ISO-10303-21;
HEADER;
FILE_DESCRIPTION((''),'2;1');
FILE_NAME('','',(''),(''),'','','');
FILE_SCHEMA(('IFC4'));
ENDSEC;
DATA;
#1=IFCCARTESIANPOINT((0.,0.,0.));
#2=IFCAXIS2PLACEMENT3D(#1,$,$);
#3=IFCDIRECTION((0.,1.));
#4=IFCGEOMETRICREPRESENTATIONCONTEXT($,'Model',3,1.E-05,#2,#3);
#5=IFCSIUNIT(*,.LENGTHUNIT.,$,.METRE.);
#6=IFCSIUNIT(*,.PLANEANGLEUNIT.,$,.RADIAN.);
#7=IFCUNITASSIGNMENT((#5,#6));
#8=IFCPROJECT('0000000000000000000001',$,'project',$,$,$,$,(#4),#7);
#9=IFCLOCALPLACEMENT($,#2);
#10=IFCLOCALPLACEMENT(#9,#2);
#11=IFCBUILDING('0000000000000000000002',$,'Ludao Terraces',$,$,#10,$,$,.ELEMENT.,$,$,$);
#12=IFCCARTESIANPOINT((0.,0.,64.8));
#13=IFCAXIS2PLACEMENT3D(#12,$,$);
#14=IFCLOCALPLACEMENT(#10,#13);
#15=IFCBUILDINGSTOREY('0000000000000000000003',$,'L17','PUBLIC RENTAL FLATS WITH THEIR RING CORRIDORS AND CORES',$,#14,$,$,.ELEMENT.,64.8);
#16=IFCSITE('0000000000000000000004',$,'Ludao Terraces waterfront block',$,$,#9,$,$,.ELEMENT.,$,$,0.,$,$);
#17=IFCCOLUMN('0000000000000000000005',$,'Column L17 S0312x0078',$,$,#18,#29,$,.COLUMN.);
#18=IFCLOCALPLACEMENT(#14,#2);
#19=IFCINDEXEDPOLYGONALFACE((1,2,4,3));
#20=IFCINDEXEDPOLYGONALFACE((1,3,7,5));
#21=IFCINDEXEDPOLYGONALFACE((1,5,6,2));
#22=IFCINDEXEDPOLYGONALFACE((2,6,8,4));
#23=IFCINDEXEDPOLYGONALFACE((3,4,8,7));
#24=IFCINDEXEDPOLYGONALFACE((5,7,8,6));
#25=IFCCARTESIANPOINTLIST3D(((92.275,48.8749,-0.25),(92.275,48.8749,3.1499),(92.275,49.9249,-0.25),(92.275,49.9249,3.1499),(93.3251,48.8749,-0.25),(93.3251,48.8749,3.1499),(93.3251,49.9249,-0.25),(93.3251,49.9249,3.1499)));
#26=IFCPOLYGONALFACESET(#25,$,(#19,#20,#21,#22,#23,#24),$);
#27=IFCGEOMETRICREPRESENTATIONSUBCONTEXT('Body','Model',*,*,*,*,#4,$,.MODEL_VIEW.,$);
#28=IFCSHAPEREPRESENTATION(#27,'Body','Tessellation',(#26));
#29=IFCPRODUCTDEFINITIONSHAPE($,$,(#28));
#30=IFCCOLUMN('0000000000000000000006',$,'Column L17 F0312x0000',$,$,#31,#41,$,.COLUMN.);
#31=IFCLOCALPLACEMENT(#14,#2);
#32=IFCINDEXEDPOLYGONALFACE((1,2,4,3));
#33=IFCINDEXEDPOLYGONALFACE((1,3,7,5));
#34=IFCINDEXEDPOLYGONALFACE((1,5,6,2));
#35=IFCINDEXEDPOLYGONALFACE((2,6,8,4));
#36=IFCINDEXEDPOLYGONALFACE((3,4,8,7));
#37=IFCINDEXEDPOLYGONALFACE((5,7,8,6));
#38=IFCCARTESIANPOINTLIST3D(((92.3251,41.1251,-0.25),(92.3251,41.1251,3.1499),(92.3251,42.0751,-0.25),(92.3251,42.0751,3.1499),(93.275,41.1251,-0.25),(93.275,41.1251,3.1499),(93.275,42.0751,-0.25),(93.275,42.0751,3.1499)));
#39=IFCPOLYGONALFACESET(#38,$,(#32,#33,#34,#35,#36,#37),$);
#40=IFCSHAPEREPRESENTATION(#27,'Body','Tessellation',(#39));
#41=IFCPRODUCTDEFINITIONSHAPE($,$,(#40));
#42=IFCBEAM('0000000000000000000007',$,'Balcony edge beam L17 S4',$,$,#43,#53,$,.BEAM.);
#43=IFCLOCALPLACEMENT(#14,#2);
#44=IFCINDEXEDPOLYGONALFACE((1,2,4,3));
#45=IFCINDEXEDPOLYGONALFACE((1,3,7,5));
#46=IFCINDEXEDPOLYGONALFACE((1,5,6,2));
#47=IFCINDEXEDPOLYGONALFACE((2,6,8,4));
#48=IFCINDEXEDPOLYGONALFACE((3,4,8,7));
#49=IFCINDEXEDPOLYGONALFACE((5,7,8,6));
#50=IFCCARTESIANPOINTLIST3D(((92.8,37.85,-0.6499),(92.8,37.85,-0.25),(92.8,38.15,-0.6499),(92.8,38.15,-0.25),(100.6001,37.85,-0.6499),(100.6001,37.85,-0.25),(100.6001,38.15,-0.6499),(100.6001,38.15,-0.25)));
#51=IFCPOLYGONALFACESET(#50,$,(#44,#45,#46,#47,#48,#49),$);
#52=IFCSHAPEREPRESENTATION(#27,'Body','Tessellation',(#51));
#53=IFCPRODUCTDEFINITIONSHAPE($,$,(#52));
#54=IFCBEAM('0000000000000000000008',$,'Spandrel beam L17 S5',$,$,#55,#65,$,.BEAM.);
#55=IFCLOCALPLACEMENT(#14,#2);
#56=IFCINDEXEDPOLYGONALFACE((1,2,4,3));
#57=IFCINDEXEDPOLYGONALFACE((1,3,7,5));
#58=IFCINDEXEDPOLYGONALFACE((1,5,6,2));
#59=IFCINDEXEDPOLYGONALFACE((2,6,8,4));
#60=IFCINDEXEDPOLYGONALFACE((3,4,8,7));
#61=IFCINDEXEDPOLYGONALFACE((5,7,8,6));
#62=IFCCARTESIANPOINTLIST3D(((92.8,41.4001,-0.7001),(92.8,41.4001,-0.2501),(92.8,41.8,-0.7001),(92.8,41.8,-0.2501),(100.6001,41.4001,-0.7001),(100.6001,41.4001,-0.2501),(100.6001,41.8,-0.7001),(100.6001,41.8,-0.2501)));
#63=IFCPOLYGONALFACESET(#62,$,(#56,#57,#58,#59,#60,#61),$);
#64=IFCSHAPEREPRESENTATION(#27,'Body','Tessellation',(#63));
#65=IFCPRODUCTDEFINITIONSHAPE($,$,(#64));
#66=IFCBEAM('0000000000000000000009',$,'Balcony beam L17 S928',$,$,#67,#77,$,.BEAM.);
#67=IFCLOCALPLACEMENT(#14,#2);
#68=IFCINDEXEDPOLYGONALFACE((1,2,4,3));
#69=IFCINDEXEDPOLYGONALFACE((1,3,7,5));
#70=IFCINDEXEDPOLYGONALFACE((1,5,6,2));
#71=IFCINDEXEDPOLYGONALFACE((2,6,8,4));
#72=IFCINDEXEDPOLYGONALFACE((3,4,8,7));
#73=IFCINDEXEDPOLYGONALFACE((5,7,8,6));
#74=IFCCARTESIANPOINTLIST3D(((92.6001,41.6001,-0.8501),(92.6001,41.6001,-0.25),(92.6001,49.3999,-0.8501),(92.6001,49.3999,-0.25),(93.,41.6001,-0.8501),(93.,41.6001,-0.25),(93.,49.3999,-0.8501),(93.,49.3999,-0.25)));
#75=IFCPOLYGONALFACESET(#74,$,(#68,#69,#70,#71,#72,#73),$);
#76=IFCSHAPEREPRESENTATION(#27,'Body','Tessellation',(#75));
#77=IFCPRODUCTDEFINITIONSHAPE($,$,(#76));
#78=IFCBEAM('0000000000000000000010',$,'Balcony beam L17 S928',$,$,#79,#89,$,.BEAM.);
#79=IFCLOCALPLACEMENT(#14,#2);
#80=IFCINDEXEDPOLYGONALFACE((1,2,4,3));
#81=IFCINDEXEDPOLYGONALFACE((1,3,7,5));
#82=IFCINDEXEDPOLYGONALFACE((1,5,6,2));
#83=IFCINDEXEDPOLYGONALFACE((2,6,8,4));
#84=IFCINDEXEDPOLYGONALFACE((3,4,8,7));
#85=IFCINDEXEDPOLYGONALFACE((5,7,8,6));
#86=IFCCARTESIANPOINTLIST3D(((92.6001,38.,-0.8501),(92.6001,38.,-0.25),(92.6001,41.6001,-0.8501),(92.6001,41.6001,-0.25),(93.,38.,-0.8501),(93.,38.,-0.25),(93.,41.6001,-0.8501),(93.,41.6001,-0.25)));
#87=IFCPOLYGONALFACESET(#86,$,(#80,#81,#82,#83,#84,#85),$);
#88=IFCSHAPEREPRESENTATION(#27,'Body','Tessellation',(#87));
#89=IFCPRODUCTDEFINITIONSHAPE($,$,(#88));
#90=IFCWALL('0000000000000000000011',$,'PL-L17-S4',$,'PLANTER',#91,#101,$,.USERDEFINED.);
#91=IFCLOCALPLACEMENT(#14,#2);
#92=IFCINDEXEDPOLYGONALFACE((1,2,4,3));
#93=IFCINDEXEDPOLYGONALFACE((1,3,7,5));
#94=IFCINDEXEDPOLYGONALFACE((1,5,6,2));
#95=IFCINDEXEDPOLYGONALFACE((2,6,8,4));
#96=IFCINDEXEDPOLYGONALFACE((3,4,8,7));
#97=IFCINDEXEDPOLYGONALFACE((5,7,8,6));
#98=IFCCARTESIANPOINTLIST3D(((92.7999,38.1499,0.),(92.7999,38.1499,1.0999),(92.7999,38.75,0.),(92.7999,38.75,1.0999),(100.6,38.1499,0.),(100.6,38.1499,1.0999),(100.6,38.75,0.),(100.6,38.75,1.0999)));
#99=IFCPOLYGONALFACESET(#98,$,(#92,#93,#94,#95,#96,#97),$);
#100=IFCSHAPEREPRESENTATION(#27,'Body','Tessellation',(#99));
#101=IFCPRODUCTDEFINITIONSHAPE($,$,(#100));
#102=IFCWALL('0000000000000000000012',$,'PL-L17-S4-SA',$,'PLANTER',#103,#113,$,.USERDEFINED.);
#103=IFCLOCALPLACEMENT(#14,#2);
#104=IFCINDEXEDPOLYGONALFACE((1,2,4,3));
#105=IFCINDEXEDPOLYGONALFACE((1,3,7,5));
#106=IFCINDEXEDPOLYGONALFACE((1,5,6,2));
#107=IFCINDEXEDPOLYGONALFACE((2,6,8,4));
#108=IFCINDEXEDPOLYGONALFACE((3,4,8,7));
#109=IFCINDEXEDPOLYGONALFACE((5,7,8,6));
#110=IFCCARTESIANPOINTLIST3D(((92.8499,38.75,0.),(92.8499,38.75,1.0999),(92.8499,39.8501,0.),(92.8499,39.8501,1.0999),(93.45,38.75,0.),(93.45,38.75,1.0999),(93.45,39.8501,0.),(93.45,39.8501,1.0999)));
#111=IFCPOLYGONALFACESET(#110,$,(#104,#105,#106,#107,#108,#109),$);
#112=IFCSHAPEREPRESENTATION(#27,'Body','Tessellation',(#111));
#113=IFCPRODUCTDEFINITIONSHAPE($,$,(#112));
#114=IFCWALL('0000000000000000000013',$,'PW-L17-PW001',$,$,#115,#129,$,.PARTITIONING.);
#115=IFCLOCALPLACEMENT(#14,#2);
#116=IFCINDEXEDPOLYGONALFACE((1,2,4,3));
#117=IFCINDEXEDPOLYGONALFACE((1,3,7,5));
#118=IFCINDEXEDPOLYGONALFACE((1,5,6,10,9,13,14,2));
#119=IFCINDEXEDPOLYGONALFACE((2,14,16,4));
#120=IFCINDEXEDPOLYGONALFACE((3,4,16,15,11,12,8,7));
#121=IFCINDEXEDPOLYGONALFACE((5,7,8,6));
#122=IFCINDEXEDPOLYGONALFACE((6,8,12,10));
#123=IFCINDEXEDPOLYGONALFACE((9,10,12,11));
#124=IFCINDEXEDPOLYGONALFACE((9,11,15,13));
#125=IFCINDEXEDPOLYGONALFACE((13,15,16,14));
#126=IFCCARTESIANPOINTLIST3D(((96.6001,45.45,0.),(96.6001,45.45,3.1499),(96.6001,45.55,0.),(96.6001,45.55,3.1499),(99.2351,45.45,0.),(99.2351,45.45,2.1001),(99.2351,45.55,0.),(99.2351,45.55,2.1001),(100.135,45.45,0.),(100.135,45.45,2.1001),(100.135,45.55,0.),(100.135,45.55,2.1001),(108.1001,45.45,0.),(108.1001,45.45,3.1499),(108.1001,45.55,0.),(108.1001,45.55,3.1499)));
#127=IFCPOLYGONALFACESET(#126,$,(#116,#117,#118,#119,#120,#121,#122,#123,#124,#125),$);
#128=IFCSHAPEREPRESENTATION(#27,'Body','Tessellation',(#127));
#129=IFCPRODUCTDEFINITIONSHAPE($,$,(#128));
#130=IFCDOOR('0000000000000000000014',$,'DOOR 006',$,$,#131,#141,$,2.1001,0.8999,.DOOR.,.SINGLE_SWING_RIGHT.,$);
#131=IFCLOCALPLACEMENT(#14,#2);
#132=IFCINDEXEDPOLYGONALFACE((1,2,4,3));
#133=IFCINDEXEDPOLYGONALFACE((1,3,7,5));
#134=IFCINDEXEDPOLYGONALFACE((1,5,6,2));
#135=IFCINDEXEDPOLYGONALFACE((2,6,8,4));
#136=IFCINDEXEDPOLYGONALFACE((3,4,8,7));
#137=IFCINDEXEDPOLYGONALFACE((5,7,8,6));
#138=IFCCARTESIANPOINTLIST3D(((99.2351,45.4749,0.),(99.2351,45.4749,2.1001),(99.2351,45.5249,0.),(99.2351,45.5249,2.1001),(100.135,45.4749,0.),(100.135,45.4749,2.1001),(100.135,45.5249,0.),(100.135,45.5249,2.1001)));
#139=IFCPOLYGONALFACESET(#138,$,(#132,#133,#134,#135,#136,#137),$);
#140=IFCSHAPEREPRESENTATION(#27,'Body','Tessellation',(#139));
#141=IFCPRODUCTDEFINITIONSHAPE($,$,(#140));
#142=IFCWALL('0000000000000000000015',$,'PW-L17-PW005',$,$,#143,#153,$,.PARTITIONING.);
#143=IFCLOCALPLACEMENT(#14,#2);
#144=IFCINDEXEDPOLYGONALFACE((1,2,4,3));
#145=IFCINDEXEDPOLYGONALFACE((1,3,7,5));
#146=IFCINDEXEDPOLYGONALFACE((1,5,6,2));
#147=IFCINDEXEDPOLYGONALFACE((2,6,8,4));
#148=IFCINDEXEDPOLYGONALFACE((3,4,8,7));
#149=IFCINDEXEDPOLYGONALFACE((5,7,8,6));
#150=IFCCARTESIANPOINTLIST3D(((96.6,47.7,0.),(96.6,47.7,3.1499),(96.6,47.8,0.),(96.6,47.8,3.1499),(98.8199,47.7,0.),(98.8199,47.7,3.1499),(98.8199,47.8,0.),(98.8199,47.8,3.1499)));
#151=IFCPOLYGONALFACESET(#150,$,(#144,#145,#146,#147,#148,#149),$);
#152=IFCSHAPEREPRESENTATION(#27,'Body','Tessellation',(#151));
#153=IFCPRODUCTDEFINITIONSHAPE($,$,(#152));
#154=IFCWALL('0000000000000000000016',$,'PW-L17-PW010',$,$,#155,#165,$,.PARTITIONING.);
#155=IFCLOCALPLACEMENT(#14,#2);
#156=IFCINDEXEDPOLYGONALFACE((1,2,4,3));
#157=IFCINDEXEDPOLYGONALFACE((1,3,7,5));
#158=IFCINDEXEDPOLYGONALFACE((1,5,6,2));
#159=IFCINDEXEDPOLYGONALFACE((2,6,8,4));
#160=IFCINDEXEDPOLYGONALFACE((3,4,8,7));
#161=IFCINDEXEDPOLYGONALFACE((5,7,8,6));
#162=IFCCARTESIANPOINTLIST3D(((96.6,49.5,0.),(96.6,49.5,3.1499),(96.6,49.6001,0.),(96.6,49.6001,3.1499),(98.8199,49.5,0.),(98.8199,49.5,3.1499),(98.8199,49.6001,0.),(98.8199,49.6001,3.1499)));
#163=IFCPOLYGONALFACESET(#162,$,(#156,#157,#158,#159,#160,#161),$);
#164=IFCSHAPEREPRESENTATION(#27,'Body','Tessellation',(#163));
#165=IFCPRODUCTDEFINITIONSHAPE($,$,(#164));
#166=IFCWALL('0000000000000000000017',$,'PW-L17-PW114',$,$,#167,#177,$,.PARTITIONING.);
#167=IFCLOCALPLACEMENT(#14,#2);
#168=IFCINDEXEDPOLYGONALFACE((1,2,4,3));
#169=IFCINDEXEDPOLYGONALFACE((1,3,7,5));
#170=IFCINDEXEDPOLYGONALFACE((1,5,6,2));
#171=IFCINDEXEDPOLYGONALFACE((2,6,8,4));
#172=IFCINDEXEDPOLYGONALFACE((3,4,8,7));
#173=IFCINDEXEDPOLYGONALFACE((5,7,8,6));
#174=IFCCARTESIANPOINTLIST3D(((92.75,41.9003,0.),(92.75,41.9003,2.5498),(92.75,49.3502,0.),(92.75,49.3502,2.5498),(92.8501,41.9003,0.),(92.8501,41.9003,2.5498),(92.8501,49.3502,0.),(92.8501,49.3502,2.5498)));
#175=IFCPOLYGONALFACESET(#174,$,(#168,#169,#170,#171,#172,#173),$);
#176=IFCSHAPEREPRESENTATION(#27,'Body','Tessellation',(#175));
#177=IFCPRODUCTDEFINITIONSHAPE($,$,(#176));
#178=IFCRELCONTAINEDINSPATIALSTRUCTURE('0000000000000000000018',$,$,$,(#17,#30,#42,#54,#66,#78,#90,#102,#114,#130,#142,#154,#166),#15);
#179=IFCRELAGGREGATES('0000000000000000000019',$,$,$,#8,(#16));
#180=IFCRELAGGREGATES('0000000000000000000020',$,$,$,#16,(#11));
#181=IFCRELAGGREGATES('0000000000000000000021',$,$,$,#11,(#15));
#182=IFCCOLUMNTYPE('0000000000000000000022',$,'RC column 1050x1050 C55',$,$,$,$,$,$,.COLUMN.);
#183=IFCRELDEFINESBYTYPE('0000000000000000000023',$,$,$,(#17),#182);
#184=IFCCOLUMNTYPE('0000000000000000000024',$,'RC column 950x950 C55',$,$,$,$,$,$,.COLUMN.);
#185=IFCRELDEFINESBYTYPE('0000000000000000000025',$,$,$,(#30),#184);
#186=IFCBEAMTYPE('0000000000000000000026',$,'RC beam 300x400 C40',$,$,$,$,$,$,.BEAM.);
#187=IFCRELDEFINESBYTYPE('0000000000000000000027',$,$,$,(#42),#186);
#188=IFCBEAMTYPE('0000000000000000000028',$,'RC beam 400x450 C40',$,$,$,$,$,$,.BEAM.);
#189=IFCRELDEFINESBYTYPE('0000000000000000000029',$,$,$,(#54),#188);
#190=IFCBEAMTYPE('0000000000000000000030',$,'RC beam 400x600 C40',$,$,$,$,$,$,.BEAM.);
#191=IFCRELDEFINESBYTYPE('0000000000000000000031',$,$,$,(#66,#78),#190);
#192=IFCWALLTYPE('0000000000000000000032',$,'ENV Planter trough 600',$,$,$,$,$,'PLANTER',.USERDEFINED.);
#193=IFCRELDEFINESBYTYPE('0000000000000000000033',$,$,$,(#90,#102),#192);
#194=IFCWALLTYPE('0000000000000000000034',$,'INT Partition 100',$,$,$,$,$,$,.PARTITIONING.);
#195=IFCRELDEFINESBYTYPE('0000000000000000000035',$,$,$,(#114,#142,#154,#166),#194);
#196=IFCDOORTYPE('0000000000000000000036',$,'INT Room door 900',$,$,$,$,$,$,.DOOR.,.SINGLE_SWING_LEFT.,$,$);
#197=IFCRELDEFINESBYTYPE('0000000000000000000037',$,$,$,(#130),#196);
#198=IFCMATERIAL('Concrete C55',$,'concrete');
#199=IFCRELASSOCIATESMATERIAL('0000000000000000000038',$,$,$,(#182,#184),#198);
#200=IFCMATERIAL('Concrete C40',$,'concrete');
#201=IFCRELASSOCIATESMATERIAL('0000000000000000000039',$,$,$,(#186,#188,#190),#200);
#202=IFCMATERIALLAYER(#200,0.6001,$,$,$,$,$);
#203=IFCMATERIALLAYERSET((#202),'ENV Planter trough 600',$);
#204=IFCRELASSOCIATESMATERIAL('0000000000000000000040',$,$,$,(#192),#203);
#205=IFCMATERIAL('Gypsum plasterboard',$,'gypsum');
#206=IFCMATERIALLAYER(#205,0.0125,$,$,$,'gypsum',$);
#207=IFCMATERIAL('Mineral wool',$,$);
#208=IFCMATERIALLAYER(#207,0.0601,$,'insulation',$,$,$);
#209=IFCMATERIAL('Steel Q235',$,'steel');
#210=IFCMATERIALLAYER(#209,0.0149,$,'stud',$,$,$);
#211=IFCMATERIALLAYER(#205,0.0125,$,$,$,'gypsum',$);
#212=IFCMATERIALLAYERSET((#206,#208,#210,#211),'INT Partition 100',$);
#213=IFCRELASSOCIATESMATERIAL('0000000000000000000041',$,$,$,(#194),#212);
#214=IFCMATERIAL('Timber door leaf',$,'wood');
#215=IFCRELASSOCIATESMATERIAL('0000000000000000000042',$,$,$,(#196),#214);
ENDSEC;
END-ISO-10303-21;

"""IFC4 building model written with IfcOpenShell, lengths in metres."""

from ifc_helpers import new_model, si_unit, direction, frame, frame_2d, origin, origin_2d, place, context, subcontext, project, spatial, rectangle, extrude, material, layer, layer_set, material_profile, profile_set, type_object, element, fill, save


model = new_model("IFC4")

# Units and contexts
model_context = context("Model", 3, precision=1e-05, world=origin(), true_north=direction((0.0, 1.0)))
body_context = subcontext(model_context, "Body", "Model", "MODEL_VIEW")
ifc_project = project(units=[si_unit("LENGTHUNIT", "METRE"), si_unit("PLANEANGLEUNIT", "RADIAN")], contexts=[model_context])

# Site, building, storey
site_placement = place(None, origin())
site = spatial("IfcSite", under=ifc_project, at=site_placement, Name="Ludao Terraces waterfront block", CompositionType="ELEMENT", RefElevation=0.0)
building_placement = place(site_placement, origin())
building = spatial("IfcBuilding", under=site, at=building_placement, Name="Ludao Terraces", CompositionType="ELEMENT")
storey_placement = place(building_placement, frame((0.0, 0.0, 64.8)))
storey = spatial("IfcBuildingStorey", under=building, at=storey_placement, Name="L17", Description="PUBLIC RENTAL FLATS WITH THEIR RING CORRIDORS AND CORES", CompositionType="ELEMENT", Elevation=64.8)

# Columns
ifc_material_1 = material(Name="Concrete C55", Category="concrete")
ifc_material_profile_1 = material_profile(ifc_material_1, rectangle(XDim=1.05, YDim=1.05, at=origin_2d()), Name="1050 X 1050")
ifc_profile_set_1 = profile_set([ifc_material_profile_1], Name="Concrete C55")
column_type_1 = type_object("IfcColumnType", Name="RC column 1050x1050 C55", PredefinedType="COLUMN", material=ifc_profile_set_1)
column_1_placement = place(storey_placement, frame((92.8, 49.3999, -0.25), z_axis=(0.0, 0.0, 1.0), x_axis=(1.0, 0.0, 0.0)))
element("IfcColumn", 1, at=column_1_placement, inside=storey, type_object=column_type_1, Name="Column L17 S0312x0078", PredefinedType="COLUMN", context=body_context, shape_type="SweptSolid", body=[
    extrude(rectangle(XDim=1.05, YDim=1.05, at=origin_2d()), origin(), (0.0, 0.0, 1.0), 3.3999),
])
ifc_material_profile_2 = material_profile(ifc_material_1, rectangle(XDim=0.95, YDim=0.95, at=origin_2d()), Name="950 X 950")
ifc_profile_set_2 = profile_set([ifc_material_profile_2], Name="Concrete C55")
column_type_2 = type_object("IfcColumnType", Name="RC column 950x950 C55", PredefinedType="COLUMN", material=ifc_profile_set_2)
column_2_placement = place(storey_placement, frame((92.8, 41.6001, -0.25), z_axis=(0.0, 0.0, 1.0), x_axis=(1.0, 0.0, 0.0)))
element("IfcColumn", 2, at=column_2_placement, inside=storey, type_object=column_type_2, Name="Column L17 F0312x0000", PredefinedType="COLUMN", context=body_context, shape_type="SweptSolid", body=[
    extrude(rectangle(XDim=0.95, YDim=0.95, at=origin_2d()), origin(), (0.0, 0.0, 1.0), 3.3999),
])

# Beams
ifc_material_2 = material(Name="Concrete C40", Category="concrete")
ifc_material_profile_3 = material_profile(ifc_material_2, rectangle(XDim=0.3, YDim=0.3999, at=origin_2d()), Name="300 X 400")
ifc_profile_set_3 = profile_set([ifc_material_profile_3], Name="Concrete C40")
beam_type_1 = type_object("IfcBeamType", Name="RC beam 300x400 C40", PredefinedType="BEAM", material=ifc_profile_set_3)
beam_1_placement = place(storey_placement, frame((92.8, 38.0, -0.45), z_axis=(1.0, 0.0, 0.0), x_axis=(0.0, 1.0, 0.0)))
element("IfcBeam", 3, at=beam_1_placement, inside=storey, type_object=beam_type_1, Name="Balcony edge beam L17 S4", PredefinedType="BEAM", context=body_context, shape_type="SweptSolid", body=[
    extrude(rectangle(XDim=0.3, YDim=0.3999, at=origin_2d()), origin(), (0.0, 0.0, 1.0), 7.8),
])
ifc_material_profile_4 = material_profile(ifc_material_2, rectangle(XDim=0.3999, YDim=0.45, at=origin_2d()), Name="400 X 450")
ifc_profile_set_4 = profile_set([ifc_material_profile_4], Name="Concrete C40")
beam_type_2 = type_object("IfcBeamType", Name="RC beam 400x450 C40", PredefinedType="BEAM", material=ifc_profile_set_4)
beam_2_placement = place(storey_placement, frame((92.8, 41.6001, -0.4751), z_axis=(1.0, 0.0, 0.0), x_axis=(0.0, 1.0, 0.0)))
element("IfcBeam", 4, at=beam_2_placement, inside=storey, type_object=beam_type_2, Name="Spandrel beam L17 S5", PredefinedType="BEAM", context=body_context, shape_type="SweptSolid", body=[
    extrude(rectangle(XDim=0.3999, YDim=0.45, at=origin_2d()), origin(), (0.0, 0.0, 1.0), 7.8),
])
ifc_material_profile_5 = material_profile(ifc_material_2, rectangle(XDim=0.3999, YDim=0.6001, at=origin_2d()), Name="400 X 600")
ifc_profile_set_5 = profile_set([ifc_material_profile_5], Name="Concrete C40")
beam_type_3 = type_object("IfcBeamType", Name="RC beam 400x600 C40", PredefinedType="BEAM", material=ifc_profile_set_5)
beam_3_placement = place(storey_placement, frame((92.8, 49.3999, -0.55), z_axis=(0.0, -1.0, 0.0), x_axis=(1.0, 0.0, 0.0)))
element("IfcBeam", 5, at=beam_3_placement, inside=storey, type_object=beam_type_3, Name="Balcony beam L17 S928", PredefinedType="BEAM", context=body_context, shape_type="SweptSolid", body=[
    extrude(rectangle(XDim=0.3999, YDim=0.6001, at=origin_2d()), origin(), (0.0, 0.0, 1.0), 7.7998),
])
beam_4_placement = place(storey_placement, frame((92.8, 41.6001, -0.55), z_axis=(0.0, -1.0, 0.0), x_axis=(1.0, 0.0, 0.0)))
element("IfcBeam", 6, at=beam_4_placement, inside=storey, type_object=beam_type_3, Name="Balcony beam L17 S928", PredefinedType="BEAM", context=body_context, shape_type="SweptSolid", body=[
    extrude(rectangle(XDim=0.3999, YDim=0.6001, at=origin_2d()), origin(), (0.0, 0.0, 1.0), 3.6001),
])

# Walls
ifc_layer_1 = layer(ifc_material_2, 0.6001)
ifc_layer_set_1 = layer_set([ifc_layer_1], Name="ENV Planter trough 600")
wall_type_1 = type_object("IfcWallType", Name="ENV Planter trough 600", ElementType="PLANTER", PredefinedType="USERDEFINED", material=ifc_layer_set_1)
wall_1_placement = place(storey_placement, frame((92.8, 38.45, 0.0), z_axis=(0.0, 0.0, 1.0), x_axis=(1.0, 0.0, 0.0)))
element("IfcWall", 7, at=wall_1_placement, inside=storey, type_object=wall_type_1, Name="PL-L17-S4", ObjectType="PLANTER", PredefinedType="USERDEFINED", context=body_context, shape_type="SweptSolid", body=[
    extrude(rectangle(XDim=7.8, YDim=0.6001, at=frame_2d((3.8999, 0.0))), origin(), (0.0, 0.0, 1.0), 1.0999),
])
wall_2_placement = place(storey_placement, frame((93.1499, 38.75, 0.0), z_axis=(0.0, 0.0, 1.0), x_axis=(0.0, 1.0, 0.0)))
element("IfcWall", 8, at=wall_2_placement, inside=storey, type_object=wall_type_1, Name="PL-L17-S4-SA", ObjectType="PLANTER", PredefinedType="USERDEFINED", context=body_context, shape_type="SweptSolid", body=[
    extrude(rectangle(XDim=1.1001, YDim=0.6001, at=frame_2d((0.55, 0.0))), origin(), (0.0, 0.0, 1.0), 1.0999),
])

# Shared definitions
ifc_material_3 = material(Name="Mineral wool")

# Wall, opening, door
ifc_material_4 = material(Name="Gypsum plasterboard", Category="gypsum")
ifc_layer_2 = layer(ifc_material_4, 0.0125, Category="gypsum")
ifc_layer_3 = layer(ifc_material_3, 0.0601, Name="insulation")
ifc_material_5 = material(Name="Steel Q235", Category="steel")
ifc_layer_4 = layer(ifc_material_5, 0.0149, Name="stud")
ifc_layer_5 = layer(ifc_material_4, 0.0125, Category="gypsum")
ifc_layer_set_2 = layer_set([ifc_layer_2, ifc_layer_3, ifc_layer_4, ifc_layer_5], Name="INT Partition 100")
wall_type_2 = type_object("IfcWallType", Name="INT Partition 100", PredefinedType="PARTITIONING", material=ifc_layer_set_2)
wall_3_placement = place(storey_placement, frame((96.6001, 45.5, 0.0), z_axis=(0.0, 0.0, 1.0), x_axis=(1.0, 0.0, 0.0)))
wall_3 = element("IfcWall", 9, at=wall_3_placement, inside=storey, type_object=wall_type_2, Name="PW-L17-PW001", PredefinedType="PARTITIONING", context=body_context, shape_type="SweptSolid", body=[
    extrude(rectangle(XDim=11.5, YDim=0.1001, at=frame_2d((5.75, 0.0))), origin(), (0.0, 0.0, 1.0), 3.1499),
])
opening_1_placement = place(wall_3_placement, frame((2.635, 0.0, 0.0)))
opening_1 = element("IfcOpeningElement", 10, at=opening_1_placement, cuts=wall_3, PredefinedType="OPENING", context=body_context, shape_type="SweptSolid", body=[
    extrude(rectangle(XDim=0.8999, YDim=2.1001, at=frame_2d((0.45, 1.05))), frame((0.0, 0.0601, 0.0), z_axis=(0.0, -1.0, 0.0), x_axis=(1.0, 0.0, 0.0)), (0.0, 0.0, 1.0), 0.1201),
])
ifc_material_6 = material(Name="Timber door leaf", Category="wood")
door_type_1 = type_object("IfcDoorType", Name="INT Room door 900", OperationType="SINGLE_SWING_LEFT", PredefinedType="DOOR", material=ifc_material_6)
door_1_placement = place(opening_1_placement, origin())
door_1 = element("IfcDoor", 11, at=door_1_placement, inside=storey, type_object=door_type_1, Name="DOOR 006", OperationType="SINGLE_SWING_RIGHT", OverallHeight=2.1001, OverallWidth=0.8999, PredefinedType="DOOR", context=body_context, shape_type="SweptSolid", body=[
    extrude(rectangle(XDim=0.8999, YDim=2.1001, at=frame_2d((0.45, 1.05))), frame((0.0, 0.0249, 0.0), z_axis=(0.0, -1.0, 0.0), x_axis=(1.0, 0.0, 0.0)), (0.0, 0.0, 1.0), 0.05),
])
fill(opening_1, door_1)

# Walls
for number, where, z_axis, x_axis, name in (
    (12, (96.6001, 47.75, 0.0), (0.0, 0.0, 1.0), (1.0, 0.0, 0.0), "PW-L17-PW005"),
    (13, (96.6001, 49.55, 0.0), (0.0, 0.0, 1.0), (1.0, 0.0, 0.0), "PW-L17-PW010"),
):
    element("IfcWall", number, at=place(storey_placement, frame(where, z_axis=z_axis, x_axis=x_axis)), inside=storey, type_object=wall_type_2, Name=name, PredefinedType="PARTITIONING", context=body_context, shape_type="SweptSolid", body=[
        extrude(rectangle(XDim=2.22, YDim=0.1001, at=frame_2d((1.1099, 0.0))), origin(), (0.0, 0.0, 1.0), 3.1499),
    ])
wall_4_placement = place(storey_placement, frame((92.8, 41.9001, 0.0), z_axis=(0.0, 0.0, 1.0), x_axis=(0.0, 1.0, 0.0)))
element("IfcWall", 14, at=wall_4_placement, inside=storey, type_object=wall_type_2, Name="PW-L17-PW114", PredefinedType="PARTITIONING", context=body_context, shape_type="SweptSolid", body=[
    extrude(rectangle(XDim=7.45, YDim=0.1001, at=frame_2d((3.7251, 0.0))), origin(), (0.0, 0.0, 1.0), 2.5498),
])

save(model, "model.ifc")
